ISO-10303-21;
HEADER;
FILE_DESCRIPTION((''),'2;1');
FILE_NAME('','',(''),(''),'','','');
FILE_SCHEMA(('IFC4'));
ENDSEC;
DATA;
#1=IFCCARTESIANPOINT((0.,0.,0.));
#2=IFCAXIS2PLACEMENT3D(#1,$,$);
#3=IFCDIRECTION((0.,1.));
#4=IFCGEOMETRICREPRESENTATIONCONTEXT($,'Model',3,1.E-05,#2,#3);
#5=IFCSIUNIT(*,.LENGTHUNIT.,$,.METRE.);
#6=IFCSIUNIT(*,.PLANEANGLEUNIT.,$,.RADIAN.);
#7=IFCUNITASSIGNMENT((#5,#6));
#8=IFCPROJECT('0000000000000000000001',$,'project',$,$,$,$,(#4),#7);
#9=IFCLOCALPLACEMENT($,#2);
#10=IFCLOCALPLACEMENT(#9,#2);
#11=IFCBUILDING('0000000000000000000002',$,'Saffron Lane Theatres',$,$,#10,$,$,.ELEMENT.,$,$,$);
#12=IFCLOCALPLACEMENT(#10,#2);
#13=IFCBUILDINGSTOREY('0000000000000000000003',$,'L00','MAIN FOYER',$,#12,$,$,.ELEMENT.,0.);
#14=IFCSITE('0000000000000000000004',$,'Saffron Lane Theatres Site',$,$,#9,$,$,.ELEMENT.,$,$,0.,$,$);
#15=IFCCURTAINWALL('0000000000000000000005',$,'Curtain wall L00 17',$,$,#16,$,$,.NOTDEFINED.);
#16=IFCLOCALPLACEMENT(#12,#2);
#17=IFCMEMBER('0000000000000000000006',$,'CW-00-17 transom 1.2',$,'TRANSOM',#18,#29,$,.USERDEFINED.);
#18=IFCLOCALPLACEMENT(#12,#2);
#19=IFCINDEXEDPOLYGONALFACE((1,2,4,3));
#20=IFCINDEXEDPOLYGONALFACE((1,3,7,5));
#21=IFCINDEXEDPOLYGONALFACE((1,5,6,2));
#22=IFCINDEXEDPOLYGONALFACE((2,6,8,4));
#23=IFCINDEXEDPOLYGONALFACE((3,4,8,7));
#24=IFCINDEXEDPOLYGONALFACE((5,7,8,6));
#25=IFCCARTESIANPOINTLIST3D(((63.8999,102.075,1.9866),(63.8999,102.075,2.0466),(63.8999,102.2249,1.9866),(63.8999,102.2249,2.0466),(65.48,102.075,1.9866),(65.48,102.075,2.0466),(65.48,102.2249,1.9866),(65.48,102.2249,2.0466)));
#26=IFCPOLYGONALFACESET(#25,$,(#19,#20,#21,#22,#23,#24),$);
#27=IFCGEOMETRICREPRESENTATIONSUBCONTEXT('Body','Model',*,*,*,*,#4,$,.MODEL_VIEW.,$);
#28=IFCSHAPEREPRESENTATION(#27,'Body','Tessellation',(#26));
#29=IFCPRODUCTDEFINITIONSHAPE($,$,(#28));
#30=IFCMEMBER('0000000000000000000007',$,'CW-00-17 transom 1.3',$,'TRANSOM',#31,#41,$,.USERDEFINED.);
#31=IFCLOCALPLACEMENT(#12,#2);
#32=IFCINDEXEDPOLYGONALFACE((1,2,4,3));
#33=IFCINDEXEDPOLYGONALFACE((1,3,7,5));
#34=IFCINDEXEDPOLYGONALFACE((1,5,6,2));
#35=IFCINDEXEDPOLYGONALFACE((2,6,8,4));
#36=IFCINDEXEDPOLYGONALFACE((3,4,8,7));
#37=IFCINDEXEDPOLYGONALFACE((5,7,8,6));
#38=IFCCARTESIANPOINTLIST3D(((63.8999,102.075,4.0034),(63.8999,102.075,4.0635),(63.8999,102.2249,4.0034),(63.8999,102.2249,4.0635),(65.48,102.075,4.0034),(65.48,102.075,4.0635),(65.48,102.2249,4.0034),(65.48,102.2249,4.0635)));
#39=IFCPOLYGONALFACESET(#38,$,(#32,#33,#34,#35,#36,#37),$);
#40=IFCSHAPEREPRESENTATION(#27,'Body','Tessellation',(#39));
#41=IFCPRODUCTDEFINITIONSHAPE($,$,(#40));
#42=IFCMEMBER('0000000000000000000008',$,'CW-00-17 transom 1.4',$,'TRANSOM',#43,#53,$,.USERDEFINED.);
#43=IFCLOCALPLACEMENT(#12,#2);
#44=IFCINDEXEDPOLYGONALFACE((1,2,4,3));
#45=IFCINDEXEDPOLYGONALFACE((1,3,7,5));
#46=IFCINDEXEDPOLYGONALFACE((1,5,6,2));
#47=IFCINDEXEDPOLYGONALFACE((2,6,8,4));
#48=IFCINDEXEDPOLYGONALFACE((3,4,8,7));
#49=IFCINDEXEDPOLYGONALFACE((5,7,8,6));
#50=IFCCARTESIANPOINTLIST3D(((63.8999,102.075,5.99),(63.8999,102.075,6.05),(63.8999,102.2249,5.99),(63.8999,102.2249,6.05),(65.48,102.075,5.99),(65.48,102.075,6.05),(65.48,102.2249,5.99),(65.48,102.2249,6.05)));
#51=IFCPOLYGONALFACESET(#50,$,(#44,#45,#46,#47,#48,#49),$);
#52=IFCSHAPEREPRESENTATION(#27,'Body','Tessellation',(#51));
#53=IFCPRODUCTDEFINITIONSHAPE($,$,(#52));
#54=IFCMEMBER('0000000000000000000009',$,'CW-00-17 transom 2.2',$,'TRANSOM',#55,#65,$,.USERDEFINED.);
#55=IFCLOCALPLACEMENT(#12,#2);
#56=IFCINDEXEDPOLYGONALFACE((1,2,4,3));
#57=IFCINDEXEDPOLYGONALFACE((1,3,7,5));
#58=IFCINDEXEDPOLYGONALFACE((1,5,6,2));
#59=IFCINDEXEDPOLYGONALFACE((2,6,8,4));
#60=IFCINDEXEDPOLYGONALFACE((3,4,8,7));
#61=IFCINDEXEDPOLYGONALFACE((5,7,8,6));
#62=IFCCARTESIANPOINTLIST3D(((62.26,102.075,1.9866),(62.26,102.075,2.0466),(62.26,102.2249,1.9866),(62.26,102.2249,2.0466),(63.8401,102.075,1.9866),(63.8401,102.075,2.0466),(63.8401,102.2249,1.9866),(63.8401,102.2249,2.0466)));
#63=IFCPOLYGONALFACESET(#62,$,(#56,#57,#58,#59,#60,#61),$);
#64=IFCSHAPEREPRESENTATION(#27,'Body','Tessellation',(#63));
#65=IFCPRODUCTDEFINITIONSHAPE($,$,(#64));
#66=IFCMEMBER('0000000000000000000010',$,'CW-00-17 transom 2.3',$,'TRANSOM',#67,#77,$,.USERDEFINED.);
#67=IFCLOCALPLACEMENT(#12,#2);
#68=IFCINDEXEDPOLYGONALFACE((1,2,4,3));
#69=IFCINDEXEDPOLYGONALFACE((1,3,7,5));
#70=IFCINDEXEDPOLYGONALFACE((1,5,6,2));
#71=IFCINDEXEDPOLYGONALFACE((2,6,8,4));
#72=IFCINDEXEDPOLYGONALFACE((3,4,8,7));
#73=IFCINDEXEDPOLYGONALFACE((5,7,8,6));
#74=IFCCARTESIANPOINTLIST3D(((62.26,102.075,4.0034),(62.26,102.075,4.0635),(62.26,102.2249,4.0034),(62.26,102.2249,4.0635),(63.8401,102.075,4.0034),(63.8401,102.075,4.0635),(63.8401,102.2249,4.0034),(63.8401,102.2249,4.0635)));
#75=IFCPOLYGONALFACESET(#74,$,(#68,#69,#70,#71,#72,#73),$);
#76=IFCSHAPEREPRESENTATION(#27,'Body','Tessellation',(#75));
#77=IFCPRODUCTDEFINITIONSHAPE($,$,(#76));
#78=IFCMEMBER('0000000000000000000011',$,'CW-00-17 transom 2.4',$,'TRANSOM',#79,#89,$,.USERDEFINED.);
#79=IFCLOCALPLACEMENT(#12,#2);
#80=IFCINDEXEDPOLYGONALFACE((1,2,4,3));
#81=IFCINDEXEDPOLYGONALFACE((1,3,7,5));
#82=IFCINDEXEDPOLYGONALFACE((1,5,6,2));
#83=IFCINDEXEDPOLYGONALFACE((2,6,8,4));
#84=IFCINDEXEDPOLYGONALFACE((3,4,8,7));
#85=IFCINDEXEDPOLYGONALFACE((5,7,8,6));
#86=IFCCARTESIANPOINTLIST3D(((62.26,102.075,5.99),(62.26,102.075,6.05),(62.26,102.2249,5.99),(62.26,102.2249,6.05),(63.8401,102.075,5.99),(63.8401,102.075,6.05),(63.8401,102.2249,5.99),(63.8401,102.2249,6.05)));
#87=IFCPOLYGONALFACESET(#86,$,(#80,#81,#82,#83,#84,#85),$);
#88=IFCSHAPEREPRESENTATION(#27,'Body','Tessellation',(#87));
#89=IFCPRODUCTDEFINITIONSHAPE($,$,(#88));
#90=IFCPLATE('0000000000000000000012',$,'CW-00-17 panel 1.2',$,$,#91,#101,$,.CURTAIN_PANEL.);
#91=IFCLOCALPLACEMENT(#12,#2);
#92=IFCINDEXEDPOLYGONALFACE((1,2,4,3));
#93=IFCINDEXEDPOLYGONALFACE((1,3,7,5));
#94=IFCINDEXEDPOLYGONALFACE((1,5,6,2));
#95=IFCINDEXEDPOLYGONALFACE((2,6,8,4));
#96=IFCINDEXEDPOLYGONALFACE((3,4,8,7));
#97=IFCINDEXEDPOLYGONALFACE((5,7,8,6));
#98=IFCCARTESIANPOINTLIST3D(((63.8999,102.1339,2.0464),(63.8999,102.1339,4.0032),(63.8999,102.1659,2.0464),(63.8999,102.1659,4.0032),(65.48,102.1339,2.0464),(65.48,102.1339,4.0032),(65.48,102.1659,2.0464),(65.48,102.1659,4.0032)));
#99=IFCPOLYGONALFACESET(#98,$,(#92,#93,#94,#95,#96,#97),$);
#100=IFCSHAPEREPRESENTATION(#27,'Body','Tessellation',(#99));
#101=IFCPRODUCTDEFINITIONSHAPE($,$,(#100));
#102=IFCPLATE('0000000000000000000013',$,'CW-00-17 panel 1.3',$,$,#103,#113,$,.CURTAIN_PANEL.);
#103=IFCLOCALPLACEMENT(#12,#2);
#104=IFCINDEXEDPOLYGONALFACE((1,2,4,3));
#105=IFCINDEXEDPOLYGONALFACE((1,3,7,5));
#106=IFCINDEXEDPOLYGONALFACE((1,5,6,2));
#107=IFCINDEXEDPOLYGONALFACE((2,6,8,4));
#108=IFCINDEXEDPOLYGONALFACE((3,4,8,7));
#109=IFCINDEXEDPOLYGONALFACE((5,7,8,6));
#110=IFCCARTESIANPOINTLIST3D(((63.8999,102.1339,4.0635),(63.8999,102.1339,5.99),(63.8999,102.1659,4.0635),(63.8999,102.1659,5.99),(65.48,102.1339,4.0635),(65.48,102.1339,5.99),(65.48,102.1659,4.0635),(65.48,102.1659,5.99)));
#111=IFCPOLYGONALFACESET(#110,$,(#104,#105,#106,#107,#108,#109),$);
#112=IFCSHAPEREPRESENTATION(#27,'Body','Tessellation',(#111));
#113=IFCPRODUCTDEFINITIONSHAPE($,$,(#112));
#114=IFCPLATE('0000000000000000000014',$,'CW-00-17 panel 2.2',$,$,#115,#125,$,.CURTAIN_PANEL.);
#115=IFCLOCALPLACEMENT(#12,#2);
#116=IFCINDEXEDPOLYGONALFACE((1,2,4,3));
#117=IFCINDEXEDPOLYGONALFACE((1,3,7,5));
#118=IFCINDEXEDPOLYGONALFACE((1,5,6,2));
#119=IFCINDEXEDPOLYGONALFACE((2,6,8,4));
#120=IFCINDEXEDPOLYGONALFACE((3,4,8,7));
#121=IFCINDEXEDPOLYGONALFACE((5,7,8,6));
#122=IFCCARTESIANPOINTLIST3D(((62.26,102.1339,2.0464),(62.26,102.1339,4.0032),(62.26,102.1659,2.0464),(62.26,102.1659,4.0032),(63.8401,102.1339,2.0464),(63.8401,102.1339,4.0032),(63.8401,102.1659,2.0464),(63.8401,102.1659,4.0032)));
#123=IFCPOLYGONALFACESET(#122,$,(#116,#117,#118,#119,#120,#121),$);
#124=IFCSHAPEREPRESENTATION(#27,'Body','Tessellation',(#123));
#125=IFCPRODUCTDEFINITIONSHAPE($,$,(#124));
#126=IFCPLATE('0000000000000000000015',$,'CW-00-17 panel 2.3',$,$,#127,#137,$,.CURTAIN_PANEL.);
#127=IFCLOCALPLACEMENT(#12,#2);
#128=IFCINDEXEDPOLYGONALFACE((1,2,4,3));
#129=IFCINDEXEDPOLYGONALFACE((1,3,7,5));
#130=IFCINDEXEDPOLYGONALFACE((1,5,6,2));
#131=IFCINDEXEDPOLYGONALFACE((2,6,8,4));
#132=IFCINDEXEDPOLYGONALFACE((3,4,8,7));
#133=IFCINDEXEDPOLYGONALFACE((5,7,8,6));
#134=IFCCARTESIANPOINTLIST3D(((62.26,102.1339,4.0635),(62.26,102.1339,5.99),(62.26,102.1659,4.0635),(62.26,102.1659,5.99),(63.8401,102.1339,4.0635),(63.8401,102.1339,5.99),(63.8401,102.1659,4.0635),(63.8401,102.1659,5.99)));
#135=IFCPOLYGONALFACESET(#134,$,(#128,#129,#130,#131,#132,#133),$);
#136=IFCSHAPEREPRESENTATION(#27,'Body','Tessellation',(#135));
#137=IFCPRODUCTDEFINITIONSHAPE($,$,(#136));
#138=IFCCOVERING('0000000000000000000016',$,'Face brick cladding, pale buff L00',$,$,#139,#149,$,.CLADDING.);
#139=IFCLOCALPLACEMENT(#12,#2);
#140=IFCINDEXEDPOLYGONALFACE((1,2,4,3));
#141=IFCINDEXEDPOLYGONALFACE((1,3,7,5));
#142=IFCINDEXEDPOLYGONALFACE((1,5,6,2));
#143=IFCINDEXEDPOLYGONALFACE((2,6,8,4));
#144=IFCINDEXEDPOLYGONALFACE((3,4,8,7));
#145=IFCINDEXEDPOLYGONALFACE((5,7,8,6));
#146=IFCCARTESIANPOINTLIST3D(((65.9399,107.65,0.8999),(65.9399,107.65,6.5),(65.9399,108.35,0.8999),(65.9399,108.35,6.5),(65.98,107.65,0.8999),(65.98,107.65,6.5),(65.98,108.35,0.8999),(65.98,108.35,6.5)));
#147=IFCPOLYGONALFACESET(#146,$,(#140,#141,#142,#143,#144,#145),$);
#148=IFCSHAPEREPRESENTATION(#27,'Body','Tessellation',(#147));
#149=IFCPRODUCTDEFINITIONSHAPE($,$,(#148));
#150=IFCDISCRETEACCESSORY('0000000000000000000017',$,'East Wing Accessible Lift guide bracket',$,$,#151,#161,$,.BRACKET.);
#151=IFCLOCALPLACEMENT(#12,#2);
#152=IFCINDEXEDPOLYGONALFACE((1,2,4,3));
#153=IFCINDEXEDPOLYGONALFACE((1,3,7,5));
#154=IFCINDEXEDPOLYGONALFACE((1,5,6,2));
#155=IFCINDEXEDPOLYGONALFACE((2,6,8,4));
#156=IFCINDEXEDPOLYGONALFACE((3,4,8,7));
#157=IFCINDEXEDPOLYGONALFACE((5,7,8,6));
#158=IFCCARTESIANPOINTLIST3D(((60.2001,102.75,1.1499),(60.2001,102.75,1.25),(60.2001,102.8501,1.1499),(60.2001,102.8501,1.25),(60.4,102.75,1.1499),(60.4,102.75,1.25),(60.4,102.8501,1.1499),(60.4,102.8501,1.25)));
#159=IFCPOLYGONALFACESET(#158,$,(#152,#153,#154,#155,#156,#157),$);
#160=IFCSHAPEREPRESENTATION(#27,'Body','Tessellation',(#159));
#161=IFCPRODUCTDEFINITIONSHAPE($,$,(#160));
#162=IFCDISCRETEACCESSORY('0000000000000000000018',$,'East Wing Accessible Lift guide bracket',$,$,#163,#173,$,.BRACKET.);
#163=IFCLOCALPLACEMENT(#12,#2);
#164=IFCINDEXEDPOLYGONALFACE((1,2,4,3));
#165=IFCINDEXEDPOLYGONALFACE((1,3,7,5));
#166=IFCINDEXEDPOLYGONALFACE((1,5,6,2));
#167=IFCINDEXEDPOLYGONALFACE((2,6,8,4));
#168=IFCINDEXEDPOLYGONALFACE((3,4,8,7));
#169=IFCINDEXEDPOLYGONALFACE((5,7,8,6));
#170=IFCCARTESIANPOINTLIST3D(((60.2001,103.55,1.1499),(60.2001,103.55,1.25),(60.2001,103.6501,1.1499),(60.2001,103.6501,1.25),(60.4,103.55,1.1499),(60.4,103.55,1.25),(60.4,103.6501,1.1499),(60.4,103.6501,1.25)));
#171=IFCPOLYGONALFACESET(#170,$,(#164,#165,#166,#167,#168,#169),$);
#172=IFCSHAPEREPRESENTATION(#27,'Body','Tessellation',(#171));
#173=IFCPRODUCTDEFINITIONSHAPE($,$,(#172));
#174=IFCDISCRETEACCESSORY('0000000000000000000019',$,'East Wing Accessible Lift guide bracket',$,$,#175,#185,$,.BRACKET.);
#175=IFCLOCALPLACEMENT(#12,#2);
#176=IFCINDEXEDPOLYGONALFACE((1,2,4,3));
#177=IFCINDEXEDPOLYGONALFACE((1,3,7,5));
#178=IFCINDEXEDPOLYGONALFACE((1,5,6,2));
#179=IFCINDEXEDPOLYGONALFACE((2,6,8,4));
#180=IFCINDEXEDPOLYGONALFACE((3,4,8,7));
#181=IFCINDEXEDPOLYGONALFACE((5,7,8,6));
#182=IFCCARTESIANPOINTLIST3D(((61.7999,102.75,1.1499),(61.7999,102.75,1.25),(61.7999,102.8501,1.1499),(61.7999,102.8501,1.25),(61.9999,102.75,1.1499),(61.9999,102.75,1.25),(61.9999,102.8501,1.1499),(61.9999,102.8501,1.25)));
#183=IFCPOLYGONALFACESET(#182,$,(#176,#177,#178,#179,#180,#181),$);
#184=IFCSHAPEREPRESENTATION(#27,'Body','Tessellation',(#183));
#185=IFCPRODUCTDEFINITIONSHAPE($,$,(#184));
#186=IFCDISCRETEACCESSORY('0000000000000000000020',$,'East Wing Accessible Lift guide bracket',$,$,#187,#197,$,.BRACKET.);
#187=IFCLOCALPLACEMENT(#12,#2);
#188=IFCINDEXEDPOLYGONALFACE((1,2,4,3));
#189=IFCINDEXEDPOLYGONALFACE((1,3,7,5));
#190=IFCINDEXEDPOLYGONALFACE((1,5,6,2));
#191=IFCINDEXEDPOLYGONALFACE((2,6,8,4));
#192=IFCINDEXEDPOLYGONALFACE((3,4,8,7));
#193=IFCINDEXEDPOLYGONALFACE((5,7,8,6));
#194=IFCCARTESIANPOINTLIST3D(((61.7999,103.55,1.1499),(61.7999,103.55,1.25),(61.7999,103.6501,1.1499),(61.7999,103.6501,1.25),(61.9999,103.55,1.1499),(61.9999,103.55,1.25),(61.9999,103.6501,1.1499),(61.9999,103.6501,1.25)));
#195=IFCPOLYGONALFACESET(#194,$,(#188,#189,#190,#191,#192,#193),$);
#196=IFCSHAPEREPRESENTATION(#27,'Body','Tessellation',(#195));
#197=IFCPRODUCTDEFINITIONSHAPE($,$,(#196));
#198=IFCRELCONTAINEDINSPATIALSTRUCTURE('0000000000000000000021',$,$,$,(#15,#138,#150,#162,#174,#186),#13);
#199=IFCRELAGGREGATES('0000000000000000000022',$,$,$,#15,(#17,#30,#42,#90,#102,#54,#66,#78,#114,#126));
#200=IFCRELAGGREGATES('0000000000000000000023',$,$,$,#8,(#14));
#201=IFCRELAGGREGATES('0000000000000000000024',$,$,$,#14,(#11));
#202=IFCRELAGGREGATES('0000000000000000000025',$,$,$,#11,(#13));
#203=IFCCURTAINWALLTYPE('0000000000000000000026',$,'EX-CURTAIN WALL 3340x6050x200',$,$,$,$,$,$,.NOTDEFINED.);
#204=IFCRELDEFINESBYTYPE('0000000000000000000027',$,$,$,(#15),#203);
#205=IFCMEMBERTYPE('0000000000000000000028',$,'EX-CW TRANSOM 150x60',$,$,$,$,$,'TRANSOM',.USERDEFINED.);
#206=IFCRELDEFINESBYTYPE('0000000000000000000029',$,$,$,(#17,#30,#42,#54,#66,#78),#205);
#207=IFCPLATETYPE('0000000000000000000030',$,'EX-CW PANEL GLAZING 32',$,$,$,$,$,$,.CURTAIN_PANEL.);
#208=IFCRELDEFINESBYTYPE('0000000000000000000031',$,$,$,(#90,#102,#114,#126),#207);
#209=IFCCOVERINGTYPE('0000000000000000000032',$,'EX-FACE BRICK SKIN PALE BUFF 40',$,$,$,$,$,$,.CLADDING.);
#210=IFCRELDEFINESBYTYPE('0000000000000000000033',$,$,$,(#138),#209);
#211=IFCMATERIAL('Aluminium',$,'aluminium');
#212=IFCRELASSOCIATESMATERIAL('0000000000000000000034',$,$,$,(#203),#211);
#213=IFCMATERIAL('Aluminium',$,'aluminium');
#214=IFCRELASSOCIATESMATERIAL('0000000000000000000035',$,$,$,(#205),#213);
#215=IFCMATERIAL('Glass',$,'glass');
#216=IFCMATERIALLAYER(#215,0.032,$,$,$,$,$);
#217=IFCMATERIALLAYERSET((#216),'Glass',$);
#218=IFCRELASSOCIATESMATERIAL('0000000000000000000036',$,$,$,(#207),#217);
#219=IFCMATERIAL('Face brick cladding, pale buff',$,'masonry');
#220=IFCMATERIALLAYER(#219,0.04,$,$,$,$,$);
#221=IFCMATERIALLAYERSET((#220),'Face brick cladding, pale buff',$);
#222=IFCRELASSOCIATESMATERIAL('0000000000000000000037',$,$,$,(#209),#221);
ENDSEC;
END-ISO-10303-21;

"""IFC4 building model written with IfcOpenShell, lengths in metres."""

from ifc_helpers import new_model, si_unit, direction, frame, origin, origin_2d, place, context, subcontext, project, spatial, rectangle, extrude, material, layer, layer_set, material_profile, profile_set, type_object, element, aggregate, save


model = new_model("IFC4")

# Units and contexts
model_context = context("Model", 3, precision=1e-05, world=origin(), true_north=direction((0.0, 1.0)))
body_context = subcontext(model_context, "Body", "Model", "MODEL_VIEW")
ifc_project = project(units=[si_unit("LENGTHUNIT", "METRE"), si_unit("PLANEANGLEUNIT", "RADIAN")], contexts=[model_context])

# Site, building, storey
site_placement = place(None, origin())
site = spatial("IfcSite", under=ifc_project, at=site_placement, Name="Saffron Lane Theatres Site", CompositionType="ELEMENT", RefElevation=0.0)
building_placement = place(site_placement, origin())
building = spatial("IfcBuilding", under=site, at=building_placement, Name="Saffron Lane Theatres", CompositionType="ELEMENT")
storey_placement = place(building_placement, origin())
storey = spatial("IfcBuildingStorey", under=building, at=storey_placement, Name="L00", Description="MAIN FOYER", CompositionType="ELEMENT", Elevation=0.0)

# Curtain wall, members, plates
ifc_material_1 = material(Name="Aluminium", Category="aluminium")
curtain_wall_type = type_object("IfcCurtainWallType", Name="EX-CURTAIN WALL 3340x6050x200", PredefinedType="NOTDEFINED", material=ifc_material_1)
curtain_wall_placement = place(storey_placement, origin())
curtain_wall = element("IfcCurtainWall", 1, at=curtain_wall_placement, inside=storey, type_object=curtain_wall_type, Name="Curtain wall L00 17", PredefinedType="NOTDEFINED")
ifc_material_2 = material(Name="Aluminium", Category="aluminium")
ifc_material_profile = material_profile(ifc_material_2, rectangle(XDim=0.1499, YDim=0.0601, at=origin_2d()))
ifc_profile_set = profile_set([ifc_material_profile], Name="Aluminium")
member_type = type_object("IfcMemberType", Name="EX-CW TRANSOM 150x60", ElementType="TRANSOM", PredefinedType="USERDEFINED", material=ifc_profile_set)
member_1_placement = place(storey_placement, frame((65.48, 102.1499, 2.0166), z_axis=(-1.0, 0.0, 0.0), x_axis=(0.0, -1.0, 0.0)))
member_1 = element("IfcMember", 2, at=member_1_placement, type_object=member_type, Name="CW-00-17 transom 1.2", ObjectType="TRANSOM", PredefinedType="USERDEFINED", context=body_context, shape_type="SweptSolid", body=[
    extrude(rectangle(XDim=0.1499, YDim=0.0601, at=origin_2d()), origin(), (0.0, 0.0, 1.0), 1.5801),
])
member_2_placement = place(storey_placement, frame((65.48, 102.1499, 4.0334), z_axis=(-1.0, 0.0, 0.0), x_axis=(0.0, -1.0, 0.0)))
member_2 = element("IfcMember", 3, at=member_2_placement, type_object=member_type, Name="CW-00-17 transom 1.3", ObjectType="TRANSOM", PredefinedType="USERDEFINED", context=body_context, shape_type="SweptSolid", body=[
    extrude(rectangle(XDim=0.1499, YDim=0.0601, at=origin_2d()), origin(), (0.0, 0.0, 1.0), 1.5801),
])
member_3_placement = place(storey_placement, frame((65.48, 102.1499, 6.02), z_axis=(-1.0, 0.0, 0.0), x_axis=(0.0, -1.0, 0.0)))
member_3 = element("IfcMember", 4, at=member_3_placement, type_object=member_type, Name="CW-00-17 transom 1.4", ObjectType="TRANSOM", PredefinedType="USERDEFINED", context=body_context, shape_type="SweptSolid", body=[
    extrude(rectangle(XDim=0.1499, YDim=0.0601, at=origin_2d()), origin(), (0.0, 0.0, 1.0), 1.5801),
])
member_4_placement = place(storey_placement, frame((63.8401, 102.1499, 2.0166), z_axis=(-1.0, 0.0, 0.0), x_axis=(0.0, -1.0, 0.0)))
member_4 = element("IfcMember", 5, at=member_4_placement, type_object=member_type, Name="CW-00-17 transom 2.2", ObjectType="TRANSOM", PredefinedType="USERDEFINED", context=body_context, shape_type="SweptSolid", body=[
    extrude(rectangle(XDim=0.1499, YDim=0.0601, at=origin_2d()), origin(), (0.0, 0.0, 1.0), 1.5801),
])
member_5_placement = place(storey_placement, frame((63.8401, 102.1499, 4.0334), z_axis=(-1.0, 0.0, 0.0), x_axis=(0.0, -1.0, 0.0)))
member_5 = element("IfcMember", 6, at=member_5_placement, type_object=member_type, Name="CW-00-17 transom 2.3", ObjectType="TRANSOM", PredefinedType="USERDEFINED", context=body_context, shape_type="SweptSolid", body=[
    extrude(rectangle(XDim=0.1499, YDim=0.0601, at=origin_2d()), origin(), (0.0, 0.0, 1.0), 1.5801),
])
member_6_placement = place(storey_placement, frame((63.8401, 102.1499, 6.02), z_axis=(-1.0, 0.0, 0.0), x_axis=(0.0, -1.0, 0.0)))
member_6 = element("IfcMember", 7, at=member_6_placement, type_object=member_type, Name="CW-00-17 transom 2.4", ObjectType="TRANSOM", PredefinedType="USERDEFINED", context=body_context, shape_type="SweptSolid", body=[
    extrude(rectangle(XDim=0.1499, YDim=0.0601, at=origin_2d()), origin(), (0.0, 0.0, 1.0), 1.5801),
])
ifc_material_3 = material(Name="Glass", Category="glass")
ifc_layer_1 = layer(ifc_material_3, 0.032)
ifc_layer_set_1 = layer_set([ifc_layer_1], Name="Glass")
plate_type = type_object("IfcPlateType", Name="EX-CW PANEL GLAZING 32", PredefinedType="CURTAIN_PANEL", material=ifc_layer_set_1)
plate_1_placement = place(storey_placement, frame((64.6899, 102.1499, 2.0464), z_axis=(0.0, 0.0, 1.0), x_axis=(-1.0, 0.0, 0.0)))
plate_1 = element("IfcPlate", 8, at=plate_1_placement, type_object=plate_type, Name="CW-00-17 panel 1.2", PredefinedType="CURTAIN_PANEL", context=body_context, shape_type="SweptSolid", body=[
    extrude(rectangle(XDim=1.5801, YDim=0.032, at=origin_2d()), origin(), (0.0, 0.0, 1.0), 1.9568),
])
plate_2_placement = place(storey_placement, frame((64.6899, 102.1499, 4.0635), z_axis=(0.0, 0.0, 1.0), x_axis=(-1.0, 0.0, 0.0)))
plate_2 = element("IfcPlate", 9, at=plate_2_placement, type_object=plate_type, Name="CW-00-17 panel 1.3", PredefinedType="CURTAIN_PANEL", context=body_context, shape_type="SweptSolid", body=[
    extrude(rectangle(XDim=1.5801, YDim=0.032, at=origin_2d()), origin(), (0.0, 0.0, 1.0), 1.9265),
])
plate_3_placement = place(storey_placement, frame((63.05, 102.1499, 2.0464), z_axis=(0.0, 0.0, 1.0), x_axis=(-1.0, 0.0, 0.0)))
plate_3 = element("IfcPlate", 10, at=plate_3_placement, type_object=plate_type, Name="CW-00-17 panel 2.2", PredefinedType="CURTAIN_PANEL", context=body_context, shape_type="SweptSolid", body=[
    extrude(rectangle(XDim=1.5801, YDim=0.032, at=origin_2d()), origin(), (0.0, 0.0, 1.0), 1.9568),
])
plate_4_placement = place(storey_placement, frame((63.05, 102.1499, 4.0635), z_axis=(0.0, 0.0, 1.0), x_axis=(-1.0, 0.0, 0.0)))
plate_4 = element("IfcPlate", 11, at=plate_4_placement, type_object=plate_type, Name="CW-00-17 panel 2.3", PredefinedType="CURTAIN_PANEL", context=body_context, shape_type="SweptSolid", body=[
    extrude(rectangle(XDim=1.5801, YDim=0.032, at=origin_2d()), origin(), (0.0, 0.0, 1.0), 1.9265),
])
aggregate(curtain_wall, [member_1, member_2, member_3, plate_1, plate_2, member_4, member_5, member_6, plate_3, plate_4])

# Covering
ifc_material_4 = material(Name="Face brick cladding, pale buff", Category="masonry")
ifc_layer_2 = layer(ifc_material_4, 0.04)
ifc_layer_set_2 = layer_set([ifc_layer_2], Name="Face brick cladding, pale buff")
covering_type_1 = type_object("IfcCoveringType", Name="EX-FACE BRICK SKIN PALE BUFF 40", PredefinedType="CLADDING", material=ifc_layer_set_2)
covering_1_placement = place(storey_placement, frame((65.96, 108.0, 0.8999), z_axis=(0.0, 0.0, 1.0), x_axis=(0.0, 1.0, 0.0)))
element("IfcCovering", 12, at=covering_1_placement, inside=storey, type_object=covering_type_1, Name="Face brick cladding, pale buff L00", PredefinedType="CLADDING", context=body_context, shape_type="SweptSolid", body=[
    extrude(rectangle(XDim=0.7, YDim=0.04, at=origin_2d()), origin(), (0.0, 0.0, 1.0), 5.6001),
])

# Discrete accessories
for number, where, z_axis, x_axis, name in (
    (13, (60.3, 102.8, 1.1499), (0.0, 0.0, 1.0), (1.0, 0.0, 0.0), "East Wing Accessible Lift guide bracket"),
    (14, (60.3, 103.6001, 1.1499), (0.0, 0.0, 1.0), (1.0, 0.0, 0.0), "East Wing Accessible Lift guide bracket"),
    (15, (61.8999, 102.8, 1.1499), (0.0, 0.0, 1.0), (1.0, 0.0, 0.0), "East Wing Accessible Lift guide bracket"),
    (16, (61.8999, 103.6001, 1.1499), (0.0, 0.0, 1.0), (1.0, 0.0, 0.0), "East Wing Accessible Lift guide bracket"),
):
    element("IfcDiscreteAccessory", number, at=place(storey_placement, frame(where, z_axis=z_axis, x_axis=x_axis)), inside=storey, Name=name, PredefinedType="BRACKET", context=body_context, shape_type="SweptSolid", body=[
        extrude(rectangle(XDim=0.2, YDim=0.1001, at=origin_2d()), origin(), (0.0, 0.0, 1.0), 0.1001),
    ])

save(model, "model.ifc")
